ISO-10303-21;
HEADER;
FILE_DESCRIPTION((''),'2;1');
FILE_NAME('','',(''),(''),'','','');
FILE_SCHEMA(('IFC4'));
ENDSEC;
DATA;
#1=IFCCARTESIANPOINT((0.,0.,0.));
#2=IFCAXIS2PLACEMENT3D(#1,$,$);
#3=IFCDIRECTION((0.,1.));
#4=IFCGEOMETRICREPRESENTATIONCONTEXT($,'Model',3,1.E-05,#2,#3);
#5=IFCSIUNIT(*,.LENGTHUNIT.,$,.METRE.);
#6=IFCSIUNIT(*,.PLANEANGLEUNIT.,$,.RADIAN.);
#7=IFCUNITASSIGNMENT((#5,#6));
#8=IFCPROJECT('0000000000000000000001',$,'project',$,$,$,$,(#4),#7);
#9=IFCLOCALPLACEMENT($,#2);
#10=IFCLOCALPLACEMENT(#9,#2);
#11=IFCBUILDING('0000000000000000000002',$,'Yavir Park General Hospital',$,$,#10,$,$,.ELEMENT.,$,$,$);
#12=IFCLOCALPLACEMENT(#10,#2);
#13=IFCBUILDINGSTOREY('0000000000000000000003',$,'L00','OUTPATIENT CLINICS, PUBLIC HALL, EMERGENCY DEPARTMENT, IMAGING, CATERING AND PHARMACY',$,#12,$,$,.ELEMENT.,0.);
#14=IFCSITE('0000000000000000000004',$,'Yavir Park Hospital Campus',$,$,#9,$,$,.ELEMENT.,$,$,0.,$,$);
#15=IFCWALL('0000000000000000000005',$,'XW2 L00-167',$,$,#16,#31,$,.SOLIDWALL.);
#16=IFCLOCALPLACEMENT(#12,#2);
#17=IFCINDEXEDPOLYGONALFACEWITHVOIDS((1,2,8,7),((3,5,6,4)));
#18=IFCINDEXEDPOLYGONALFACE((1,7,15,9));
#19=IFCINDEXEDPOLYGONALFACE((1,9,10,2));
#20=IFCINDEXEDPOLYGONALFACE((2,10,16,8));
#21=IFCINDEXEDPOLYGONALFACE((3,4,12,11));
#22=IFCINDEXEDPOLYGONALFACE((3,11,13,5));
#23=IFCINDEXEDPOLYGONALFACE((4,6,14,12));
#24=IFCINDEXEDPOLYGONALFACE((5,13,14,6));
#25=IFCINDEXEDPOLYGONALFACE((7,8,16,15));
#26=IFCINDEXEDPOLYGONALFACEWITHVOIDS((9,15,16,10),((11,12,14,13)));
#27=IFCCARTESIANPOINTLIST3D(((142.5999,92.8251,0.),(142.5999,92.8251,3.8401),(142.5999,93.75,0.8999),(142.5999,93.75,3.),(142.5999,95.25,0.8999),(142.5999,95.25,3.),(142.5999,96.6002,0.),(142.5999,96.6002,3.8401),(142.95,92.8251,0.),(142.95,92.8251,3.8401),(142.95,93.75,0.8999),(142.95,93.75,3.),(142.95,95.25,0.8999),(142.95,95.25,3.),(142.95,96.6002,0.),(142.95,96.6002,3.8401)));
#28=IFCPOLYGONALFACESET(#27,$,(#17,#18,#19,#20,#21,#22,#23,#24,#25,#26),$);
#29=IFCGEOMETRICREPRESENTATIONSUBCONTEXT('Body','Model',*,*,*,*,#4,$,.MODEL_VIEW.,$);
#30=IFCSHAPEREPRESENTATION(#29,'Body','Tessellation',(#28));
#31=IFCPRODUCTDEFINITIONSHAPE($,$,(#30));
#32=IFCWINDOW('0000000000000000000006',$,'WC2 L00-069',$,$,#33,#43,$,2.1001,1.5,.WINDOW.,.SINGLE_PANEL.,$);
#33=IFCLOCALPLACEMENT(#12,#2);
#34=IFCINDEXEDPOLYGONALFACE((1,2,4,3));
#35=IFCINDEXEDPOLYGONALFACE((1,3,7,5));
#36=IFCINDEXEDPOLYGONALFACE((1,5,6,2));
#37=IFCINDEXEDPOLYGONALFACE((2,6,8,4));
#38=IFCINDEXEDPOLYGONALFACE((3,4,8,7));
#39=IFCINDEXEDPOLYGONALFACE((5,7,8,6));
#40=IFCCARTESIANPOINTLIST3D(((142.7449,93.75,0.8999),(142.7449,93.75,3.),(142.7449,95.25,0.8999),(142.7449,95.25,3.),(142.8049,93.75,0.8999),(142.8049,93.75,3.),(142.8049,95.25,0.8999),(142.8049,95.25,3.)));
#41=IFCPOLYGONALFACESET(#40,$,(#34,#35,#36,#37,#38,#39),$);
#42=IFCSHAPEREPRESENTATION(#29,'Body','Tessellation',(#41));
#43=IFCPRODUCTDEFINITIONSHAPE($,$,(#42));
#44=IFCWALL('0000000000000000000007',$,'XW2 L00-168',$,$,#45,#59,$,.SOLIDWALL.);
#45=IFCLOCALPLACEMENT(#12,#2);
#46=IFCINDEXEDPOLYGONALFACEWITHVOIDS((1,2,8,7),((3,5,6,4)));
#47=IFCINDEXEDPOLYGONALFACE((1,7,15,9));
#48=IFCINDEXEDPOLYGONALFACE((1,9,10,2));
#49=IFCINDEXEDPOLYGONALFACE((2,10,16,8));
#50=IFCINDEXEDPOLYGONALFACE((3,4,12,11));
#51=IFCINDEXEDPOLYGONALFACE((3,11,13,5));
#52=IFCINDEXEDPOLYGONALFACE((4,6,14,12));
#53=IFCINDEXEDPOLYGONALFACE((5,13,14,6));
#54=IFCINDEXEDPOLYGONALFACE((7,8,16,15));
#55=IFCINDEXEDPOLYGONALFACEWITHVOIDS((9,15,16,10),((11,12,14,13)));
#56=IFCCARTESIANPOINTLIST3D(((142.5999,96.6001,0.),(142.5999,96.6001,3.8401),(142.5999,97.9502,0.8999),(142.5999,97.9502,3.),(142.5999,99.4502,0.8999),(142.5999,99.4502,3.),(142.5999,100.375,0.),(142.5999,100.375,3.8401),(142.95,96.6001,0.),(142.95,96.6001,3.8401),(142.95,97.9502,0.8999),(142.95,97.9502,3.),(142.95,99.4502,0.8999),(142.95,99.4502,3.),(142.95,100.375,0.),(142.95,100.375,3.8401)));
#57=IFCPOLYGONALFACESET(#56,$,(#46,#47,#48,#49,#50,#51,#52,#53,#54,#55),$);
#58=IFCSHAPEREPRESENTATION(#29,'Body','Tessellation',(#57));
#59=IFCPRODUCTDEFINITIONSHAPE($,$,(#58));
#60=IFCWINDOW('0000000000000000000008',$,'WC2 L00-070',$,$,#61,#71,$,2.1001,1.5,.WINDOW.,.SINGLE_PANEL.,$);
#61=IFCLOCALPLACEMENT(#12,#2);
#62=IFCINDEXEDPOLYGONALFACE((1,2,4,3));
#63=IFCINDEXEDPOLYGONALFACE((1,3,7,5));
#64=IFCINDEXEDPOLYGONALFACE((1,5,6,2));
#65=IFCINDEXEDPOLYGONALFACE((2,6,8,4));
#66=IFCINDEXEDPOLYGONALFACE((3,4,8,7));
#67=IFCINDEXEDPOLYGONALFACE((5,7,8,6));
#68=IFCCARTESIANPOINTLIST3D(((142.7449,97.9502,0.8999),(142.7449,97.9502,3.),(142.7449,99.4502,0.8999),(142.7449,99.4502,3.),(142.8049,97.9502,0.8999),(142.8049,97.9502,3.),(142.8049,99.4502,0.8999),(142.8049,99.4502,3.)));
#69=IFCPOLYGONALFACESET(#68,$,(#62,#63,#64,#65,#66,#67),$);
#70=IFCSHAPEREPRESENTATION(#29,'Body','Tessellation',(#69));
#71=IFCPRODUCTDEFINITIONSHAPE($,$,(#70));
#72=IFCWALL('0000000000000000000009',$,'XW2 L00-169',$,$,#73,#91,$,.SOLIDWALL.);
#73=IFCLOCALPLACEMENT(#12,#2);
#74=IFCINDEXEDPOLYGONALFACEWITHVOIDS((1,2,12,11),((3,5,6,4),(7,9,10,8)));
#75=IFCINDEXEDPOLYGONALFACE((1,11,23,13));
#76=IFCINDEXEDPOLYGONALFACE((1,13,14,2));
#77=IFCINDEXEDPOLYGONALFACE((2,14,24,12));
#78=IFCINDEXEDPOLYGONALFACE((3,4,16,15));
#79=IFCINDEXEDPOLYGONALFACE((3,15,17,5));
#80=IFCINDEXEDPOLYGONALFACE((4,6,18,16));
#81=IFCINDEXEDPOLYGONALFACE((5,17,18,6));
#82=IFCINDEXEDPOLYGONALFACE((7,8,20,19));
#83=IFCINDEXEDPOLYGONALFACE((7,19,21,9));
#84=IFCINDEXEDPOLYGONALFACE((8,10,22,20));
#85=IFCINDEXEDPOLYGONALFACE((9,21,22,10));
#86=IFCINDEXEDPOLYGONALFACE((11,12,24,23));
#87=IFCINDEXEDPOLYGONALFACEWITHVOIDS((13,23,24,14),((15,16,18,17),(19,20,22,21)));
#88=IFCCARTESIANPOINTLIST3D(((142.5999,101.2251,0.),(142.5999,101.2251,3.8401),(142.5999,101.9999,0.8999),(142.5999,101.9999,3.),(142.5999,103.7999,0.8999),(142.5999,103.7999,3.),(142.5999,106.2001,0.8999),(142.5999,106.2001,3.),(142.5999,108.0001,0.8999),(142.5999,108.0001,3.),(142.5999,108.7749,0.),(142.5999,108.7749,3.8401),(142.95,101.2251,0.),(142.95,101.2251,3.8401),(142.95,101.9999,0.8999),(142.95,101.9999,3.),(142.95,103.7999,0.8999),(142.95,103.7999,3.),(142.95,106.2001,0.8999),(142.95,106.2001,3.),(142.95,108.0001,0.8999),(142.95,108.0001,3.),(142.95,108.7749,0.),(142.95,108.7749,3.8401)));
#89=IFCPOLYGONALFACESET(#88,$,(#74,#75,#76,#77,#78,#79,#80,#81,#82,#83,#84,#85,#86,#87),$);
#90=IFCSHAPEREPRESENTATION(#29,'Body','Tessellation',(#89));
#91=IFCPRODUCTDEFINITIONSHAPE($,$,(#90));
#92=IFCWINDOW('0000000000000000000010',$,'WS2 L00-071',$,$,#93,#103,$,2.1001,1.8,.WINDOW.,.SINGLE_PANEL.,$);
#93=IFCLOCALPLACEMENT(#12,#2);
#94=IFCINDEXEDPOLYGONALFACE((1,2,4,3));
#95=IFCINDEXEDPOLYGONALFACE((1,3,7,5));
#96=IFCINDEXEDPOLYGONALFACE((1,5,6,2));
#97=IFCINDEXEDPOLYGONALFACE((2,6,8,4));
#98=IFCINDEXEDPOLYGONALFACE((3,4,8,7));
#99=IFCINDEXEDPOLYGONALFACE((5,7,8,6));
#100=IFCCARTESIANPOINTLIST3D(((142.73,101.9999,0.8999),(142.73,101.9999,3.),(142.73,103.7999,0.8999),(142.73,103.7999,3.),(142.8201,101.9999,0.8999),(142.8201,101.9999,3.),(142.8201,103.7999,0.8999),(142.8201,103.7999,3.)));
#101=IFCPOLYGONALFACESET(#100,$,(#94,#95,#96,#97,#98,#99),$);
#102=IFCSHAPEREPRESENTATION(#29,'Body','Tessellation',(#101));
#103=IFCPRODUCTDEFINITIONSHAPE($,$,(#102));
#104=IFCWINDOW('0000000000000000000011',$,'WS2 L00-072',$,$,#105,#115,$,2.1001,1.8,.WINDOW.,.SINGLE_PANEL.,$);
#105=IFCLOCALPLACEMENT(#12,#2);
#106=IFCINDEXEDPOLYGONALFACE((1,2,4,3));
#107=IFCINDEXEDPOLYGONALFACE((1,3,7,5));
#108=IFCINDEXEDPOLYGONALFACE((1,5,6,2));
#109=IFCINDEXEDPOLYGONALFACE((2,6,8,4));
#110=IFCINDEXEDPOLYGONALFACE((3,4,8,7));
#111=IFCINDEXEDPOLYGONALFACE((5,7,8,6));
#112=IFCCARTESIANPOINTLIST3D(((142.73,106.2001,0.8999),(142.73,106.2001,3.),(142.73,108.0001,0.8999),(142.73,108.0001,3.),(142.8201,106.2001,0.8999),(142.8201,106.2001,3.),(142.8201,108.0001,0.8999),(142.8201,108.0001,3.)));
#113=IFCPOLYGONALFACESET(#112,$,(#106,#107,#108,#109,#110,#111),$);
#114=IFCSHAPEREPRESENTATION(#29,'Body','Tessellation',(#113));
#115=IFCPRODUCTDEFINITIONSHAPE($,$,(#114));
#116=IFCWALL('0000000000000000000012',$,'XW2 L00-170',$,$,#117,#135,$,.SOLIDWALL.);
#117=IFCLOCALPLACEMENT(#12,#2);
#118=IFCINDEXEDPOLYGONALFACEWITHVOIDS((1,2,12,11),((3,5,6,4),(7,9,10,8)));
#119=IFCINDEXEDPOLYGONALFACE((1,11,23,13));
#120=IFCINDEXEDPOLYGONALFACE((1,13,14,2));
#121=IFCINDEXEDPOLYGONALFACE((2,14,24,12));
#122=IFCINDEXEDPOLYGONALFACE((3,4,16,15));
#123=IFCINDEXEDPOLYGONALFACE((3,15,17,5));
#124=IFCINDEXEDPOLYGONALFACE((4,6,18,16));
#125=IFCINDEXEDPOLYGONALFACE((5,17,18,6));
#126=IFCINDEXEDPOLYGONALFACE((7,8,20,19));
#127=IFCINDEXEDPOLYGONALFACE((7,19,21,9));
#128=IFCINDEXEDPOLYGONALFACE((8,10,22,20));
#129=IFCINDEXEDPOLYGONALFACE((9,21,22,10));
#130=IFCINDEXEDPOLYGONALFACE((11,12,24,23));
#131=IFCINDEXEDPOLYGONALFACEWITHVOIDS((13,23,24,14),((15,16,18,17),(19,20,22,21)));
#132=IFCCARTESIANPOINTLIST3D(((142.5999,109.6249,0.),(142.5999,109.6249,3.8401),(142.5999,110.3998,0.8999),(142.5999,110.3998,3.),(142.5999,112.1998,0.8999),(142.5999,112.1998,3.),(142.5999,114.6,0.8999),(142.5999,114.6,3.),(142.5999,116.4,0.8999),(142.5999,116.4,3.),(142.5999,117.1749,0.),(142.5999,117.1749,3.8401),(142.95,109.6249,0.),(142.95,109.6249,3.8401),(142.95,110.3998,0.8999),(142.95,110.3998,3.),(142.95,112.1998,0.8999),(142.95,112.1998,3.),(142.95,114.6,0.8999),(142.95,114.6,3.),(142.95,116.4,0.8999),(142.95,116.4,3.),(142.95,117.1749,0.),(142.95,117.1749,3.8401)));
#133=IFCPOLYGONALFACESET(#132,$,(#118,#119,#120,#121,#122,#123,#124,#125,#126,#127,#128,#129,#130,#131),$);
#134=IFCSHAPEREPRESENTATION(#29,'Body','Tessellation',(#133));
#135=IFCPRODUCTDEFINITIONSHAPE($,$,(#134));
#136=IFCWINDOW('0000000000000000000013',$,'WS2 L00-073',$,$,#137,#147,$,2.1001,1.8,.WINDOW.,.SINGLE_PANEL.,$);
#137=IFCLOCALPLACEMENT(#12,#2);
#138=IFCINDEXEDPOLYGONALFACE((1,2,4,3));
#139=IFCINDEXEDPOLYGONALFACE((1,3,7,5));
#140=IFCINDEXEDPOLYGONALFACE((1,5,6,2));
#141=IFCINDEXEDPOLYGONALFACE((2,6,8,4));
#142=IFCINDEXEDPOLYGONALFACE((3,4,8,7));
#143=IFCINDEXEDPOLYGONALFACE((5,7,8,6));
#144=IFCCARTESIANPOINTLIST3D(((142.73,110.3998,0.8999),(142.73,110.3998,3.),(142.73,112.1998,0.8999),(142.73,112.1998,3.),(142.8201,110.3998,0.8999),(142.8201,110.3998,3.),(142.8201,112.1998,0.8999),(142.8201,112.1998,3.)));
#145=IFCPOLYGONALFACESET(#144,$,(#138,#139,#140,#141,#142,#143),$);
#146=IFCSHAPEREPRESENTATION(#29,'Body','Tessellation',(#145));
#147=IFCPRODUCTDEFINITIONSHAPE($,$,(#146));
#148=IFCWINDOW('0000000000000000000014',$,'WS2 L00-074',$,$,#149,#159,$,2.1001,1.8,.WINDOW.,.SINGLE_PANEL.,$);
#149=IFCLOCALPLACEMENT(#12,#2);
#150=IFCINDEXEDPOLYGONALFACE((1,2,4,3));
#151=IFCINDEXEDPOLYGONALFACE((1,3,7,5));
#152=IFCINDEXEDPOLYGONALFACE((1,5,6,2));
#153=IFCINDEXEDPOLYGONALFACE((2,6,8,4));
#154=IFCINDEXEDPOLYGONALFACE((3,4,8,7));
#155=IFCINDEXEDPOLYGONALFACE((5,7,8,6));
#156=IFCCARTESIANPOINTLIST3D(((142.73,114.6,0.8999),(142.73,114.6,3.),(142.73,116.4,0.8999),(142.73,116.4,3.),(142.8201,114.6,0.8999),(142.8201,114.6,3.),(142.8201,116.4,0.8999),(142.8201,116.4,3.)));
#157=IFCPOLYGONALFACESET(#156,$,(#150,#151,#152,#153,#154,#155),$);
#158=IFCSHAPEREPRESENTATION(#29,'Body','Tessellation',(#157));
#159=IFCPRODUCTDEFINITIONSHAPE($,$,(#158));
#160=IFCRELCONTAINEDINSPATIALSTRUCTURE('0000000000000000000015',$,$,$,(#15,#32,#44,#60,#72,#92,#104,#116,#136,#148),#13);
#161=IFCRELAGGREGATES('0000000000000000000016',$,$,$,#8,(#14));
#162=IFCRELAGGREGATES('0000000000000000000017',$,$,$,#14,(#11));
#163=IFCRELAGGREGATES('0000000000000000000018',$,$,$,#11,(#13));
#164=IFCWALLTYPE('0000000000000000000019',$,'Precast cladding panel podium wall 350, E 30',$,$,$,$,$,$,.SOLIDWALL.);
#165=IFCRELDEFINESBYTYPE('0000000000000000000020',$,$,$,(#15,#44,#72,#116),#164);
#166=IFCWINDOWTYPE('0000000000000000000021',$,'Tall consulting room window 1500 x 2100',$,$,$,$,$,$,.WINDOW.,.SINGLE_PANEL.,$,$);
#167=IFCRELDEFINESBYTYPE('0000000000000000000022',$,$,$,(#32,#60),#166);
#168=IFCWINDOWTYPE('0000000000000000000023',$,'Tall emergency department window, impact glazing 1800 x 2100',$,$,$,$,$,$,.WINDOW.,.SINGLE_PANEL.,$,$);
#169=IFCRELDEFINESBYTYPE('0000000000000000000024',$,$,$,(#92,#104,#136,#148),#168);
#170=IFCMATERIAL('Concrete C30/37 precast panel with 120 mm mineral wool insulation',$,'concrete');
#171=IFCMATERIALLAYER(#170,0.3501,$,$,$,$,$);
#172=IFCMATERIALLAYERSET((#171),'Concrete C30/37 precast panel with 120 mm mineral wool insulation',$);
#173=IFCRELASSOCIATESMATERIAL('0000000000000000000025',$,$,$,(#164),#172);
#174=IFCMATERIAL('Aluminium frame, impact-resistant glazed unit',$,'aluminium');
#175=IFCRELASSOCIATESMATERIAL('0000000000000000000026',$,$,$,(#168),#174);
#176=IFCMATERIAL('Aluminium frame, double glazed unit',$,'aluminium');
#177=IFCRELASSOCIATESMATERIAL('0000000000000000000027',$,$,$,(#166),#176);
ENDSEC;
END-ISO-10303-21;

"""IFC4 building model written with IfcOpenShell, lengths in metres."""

from ifc_helpers import new_model, si_unit, direction, frame, frame_2d, origin, place, context, subcontext, project, spatial, rectangle, extrude, material, layer, layer_set, type_object, element, fill, save


model = new_model("IFC4")

# Units and contexts
model_context = context("Model", 3, precision=1e-05, world=origin(), true_north=direction((0.0, 1.0)))
body_context = subcontext(model_context, "Body", "Model", "MODEL_VIEW")
ifc_project = project(units=[si_unit("LENGTHUNIT", "METRE"), si_unit("PLANEANGLEUNIT", "RADIAN")], contexts=[model_context])

# Site, building, storey
site_placement = place(None, origin())
site = spatial("IfcSite", under=ifc_project, at=site_placement, Name="Yavir Park Hospital Campus", CompositionType="ELEMENT", RefElevation=0.0)
building_placement = place(site_placement, origin())
building = spatial("IfcBuilding", under=site, at=building_placement, Name="Yavir Park General Hospital", CompositionType="ELEMENT")
storey_placement = place(building_placement, origin())
storey = spatial("IfcBuildingStorey", under=building, at=storey_placement, Name="L00", Description="OUTPATIENT CLINICS, PUBLIC HALL, EMERGENCY DEPARTMENT, IMAGING, CATERING AND PHARMACY", CompositionType="ELEMENT", Elevation=0.0)

# Walls, openings, windows
ifc_material_1 = material(Name="Concrete C30/37 precast panel with 120 mm mineral wool insulation", Category="concrete")
ifc_layer_1 = layer(ifc_material_1, 0.3501)
ifc_layer_set_1 = layer_set([ifc_layer_1], Name="Concrete C30/37 precast panel with 120 mm mineral wool insulation")
wall_type_1 = type_object("IfcWallType", Name="Precast cladding panel podium wall 350, E 30", PredefinedType="SOLIDWALL", material=ifc_layer_set_1)
ifc_material_2 = material(Name="Aluminium frame, impact-resistant glazed unit", Category="aluminium")
window_type_1 = type_object("IfcWindowType", Name="Tall emergency department window, impact glazing 1800 x 2100", PartitioningType="SINGLE_PANEL", PredefinedType="WINDOW", material=ifc_material_2)
wall_1_placement = place(storey_placement, frame((142.7749, 92.825, 0.0), z_axis=(0.0, 0.0, 1.0), x_axis=(0.0, 1.0, 0.0)))
wall_1 = element("IfcWall", 1, at=wall_1_placement, inside=storey, type_object=wall_type_1, Name="XW2 L00-167", PredefinedType="SOLIDWALL", context=body_context, shape_type="SweptSolid", body=[
    extrude(rectangle(XDim=3.7751, YDim=0.3501, at=frame_2d((1.8877, 0.0))), origin(), (0.0, 0.0, 1.0), 3.8401),
])
opening_1_placement = place(wall_1_placement, frame((0.925, 0.0, 0.8999)))
opening_1 = element("IfcOpeningElement", 2, at=opening_1_placement, cuts=wall_1, PredefinedType="OPENING", context=body_context, shape_type="SweptSolid", body=[
    extrude(rectangle(XDim=1.5, YDim=2.1001, at=frame_2d((0.75, 1.05))), frame((0.0, 0.1851, 0.0), z_axis=(0.0, -1.0, 0.0), x_axis=(1.0, 0.0, 0.0)), (0.0, 0.0, 1.0), 0.3701),
])
ifc_material_3 = material(Name="Aluminium frame, double glazed unit", Category="aluminium")
window_type_2 = type_object("IfcWindowType", Name="Tall consulting room window 1500 x 2100", PartitioningType="SINGLE_PANEL", PredefinedType="WINDOW", material=ifc_material_3)
window_1_placement = place(opening_1_placement, origin())
window_1 = element("IfcWindow", 3, at=window_1_placement, inside=storey, type_object=window_type_2, Name="WC2 L00-069", OverallHeight=2.1001, OverallWidth=1.5, PartitioningType="SINGLE_PANEL", PredefinedType="WINDOW", context=body_context, shape_type="SweptSolid", body=[
    extrude(rectangle(XDim=1.5, YDim=2.1001, at=frame_2d((0.75, 1.05))), frame((0.0, 0.03, 0.0), z_axis=(0.0, -1.0, 0.0), x_axis=(1.0, 0.0, 0.0)), (0.0, 0.0, 1.0), 0.0601),
])
fill(opening_1, window_1)
wall_2_placement = place(storey_placement, frame((142.7749, 96.6001, 0.0), z_axis=(0.0, 0.0, 1.0), x_axis=(0.0, 1.0, 0.0)))
wall_2 = element("IfcWall", 4, at=wall_2_placement, inside=storey, type_object=wall_type_1, Name="XW2 L00-168", PredefinedType="SOLIDWALL", context=body_context, shape_type="SweptSolid", body=[
    extrude(rectangle(XDim=3.7749, YDim=0.3501, at=frame_2d((1.8875, 0.0))), origin(), (0.0, 0.0, 1.0), 3.8401),
])
opening_2_placement = place(wall_2_placement, frame((1.3501, 0.0, 0.8999)))
opening_2 = element("IfcOpeningElement", 5, at=opening_2_placement, cuts=wall_2, PredefinedType="OPENING", context=body_context, shape_type="SweptSolid", body=[
    extrude(rectangle(XDim=1.5, YDim=2.1001, at=frame_2d((0.75, 1.05))), frame((0.0, 0.1851, 0.0), z_axis=(0.0, -1.0, 0.0), x_axis=(1.0, 0.0, 0.0)), (0.0, 0.0, 1.0), 0.3701),
])
window_2_placement = place(opening_2_placement, origin())
window_2 = element("IfcWindow", 6, at=window_2_placement, inside=storey, type_object=window_type_2, Name="WC2 L00-070", OverallHeight=2.1001, OverallWidth=1.5, PartitioningType="SINGLE_PANEL", PredefinedType="WINDOW", context=body_context, shape_type="SweptSolid", body=[
    extrude(rectangle(XDim=1.5, YDim=2.1001, at=frame_2d((0.75, 1.05))), frame((0.0, 0.03, 0.0), z_axis=(0.0, -1.0, 0.0), x_axis=(1.0, 0.0, 0.0)), (0.0, 0.0, 1.0), 0.0601),
])
fill(opening_2, window_2)

# Walls, openings, windows
wall_3_placement = place(storey_placement, frame((142.7749, 101.2251, 0.0), z_axis=(0.0, 0.0, 1.0), x_axis=(0.0, 1.0, 0.0)))
wall_3 = element("IfcWall", 7, at=wall_3_placement, inside=storey, type_object=wall_type_1, Name="XW2 L00-169", PredefinedType="SOLIDWALL", context=body_context, shape_type="SweptSolid", body=[
    extrude(rectangle(XDim=7.5498, YDim=0.3501, at=frame_2d((3.7749, 0.0))), origin(), (0.0, 0.0, 1.0), 3.8401),
])
opening_3_placement = place(wall_3_placement, frame((0.7749, 0.0, 0.8999)))
opening_3 = element("IfcOpeningElement", 8, at=opening_3_placement, cuts=wall_3, PredefinedType="OPENING", context=body_context, shape_type="SweptSolid", body=[
    extrude(rectangle(XDim=1.8, YDim=2.1001, at=frame_2d((0.8999, 1.05))), frame((0.0, 0.1851, 0.0), z_axis=(0.0, -1.0, 0.0), x_axis=(1.0, 0.0, 0.0)), (0.0, 0.0, 1.0), 0.3701),
])
opening_4_placement = place(wall_3_placement, frame((4.9751, 0.0, 0.8999)))
opening_4 = element("IfcOpeningElement", 9, at=opening_4_placement, cuts=wall_3, PredefinedType="OPENING", context=body_context, shape_type="SweptSolid", body=[
    extrude(rectangle(XDim=1.8, YDim=2.1001, at=frame_2d((0.8999, 1.05))), frame((0.0, 0.1851, 0.0), z_axis=(0.0, -1.0, 0.0), x_axis=(1.0, 0.0, 0.0)), (0.0, 0.0, 1.0), 0.3701),
])
window_3_placement = place(opening_3_placement, origin())
window_3 = element("IfcWindow", 10, at=window_3_placement, inside=storey, type_object=window_type_1, Name="WS2 L00-071", OverallHeight=2.1001, OverallWidth=1.8, PartitioningType="SINGLE_PANEL", PredefinedType="WINDOW", context=body_context, shape_type="SweptSolid", body=[
    extrude(rectangle(XDim=1.8, YDim=2.1001, at=frame_2d((0.8999, 1.05))), frame((0.0, 0.0449, 0.0), z_axis=(0.0, -1.0, 0.0), x_axis=(1.0, 0.0, 0.0)), (0.0, 0.0, 1.0), 0.0901),
])
fill(opening_3, window_3)
window_4_placement = place(opening_4_placement, origin())
window_4 = element("IfcWindow", 11, at=window_4_placement, inside=storey, type_object=window_type_1, Name="WS2 L00-072", OverallHeight=2.1001, OverallWidth=1.8, PartitioningType="SINGLE_PANEL", PredefinedType="WINDOW", context=body_context, shape_type="SweptSolid", body=[
    extrude(rectangle(XDim=1.8, YDim=2.1001, at=frame_2d((0.8999, 1.05))), frame((0.0, 0.0449, 0.0), z_axis=(0.0, -1.0, 0.0), x_axis=(1.0, 0.0, 0.0)), (0.0, 0.0, 1.0), 0.0901),
])
fill(opening_4, window_4)
wall_4_placement = place(storey_placement, frame((142.7749, 109.625, 0.0), z_axis=(0.0, 0.0, 1.0), x_axis=(0.0, 1.0, 0.0)))
wall_4 = element("IfcWall", 12, at=wall_4_placement, inside=storey, type_object=wall_type_1, Name="XW2 L00-170", PredefinedType="SOLIDWALL", context=body_context, shape_type="SweptSolid", body=[
    extrude(rectangle(XDim=7.55, YDim=0.3501, at=frame_2d((3.7749, 0.0))), origin(), (0.0, 0.0, 1.0), 3.8401),
])
opening_5_placement = place(wall_4_placement, frame((0.7749, 0.0, 0.8999)))
opening_5 = element("IfcOpeningElement", 13, at=opening_5_placement, cuts=wall_4, PredefinedType="OPENING", context=body_context, shape_type="SweptSolid", body=[
    extrude(rectangle(XDim=1.8, YDim=2.1001, at=frame_2d((0.8999, 1.05))), frame((0.0, 0.1851, 0.0), z_axis=(0.0, -1.0, 0.0), x_axis=(1.0, 0.0, 0.0)), (0.0, 0.0, 1.0), 0.3701),
])
opening_6_placement = place(wall_4_placement, frame((4.9751, 0.0, 0.8999)))
opening_6 = element("IfcOpeningElement", 14, at=opening_6_placement, cuts=wall_4, PredefinedType="OPENING", context=body_context, shape_type="SweptSolid", body=[
    extrude(rectangle(XDim=1.8, YDim=2.1001, at=frame_2d((0.8999, 1.05))), frame((0.0, 0.1851, 0.0), z_axis=(0.0, -1.0, 0.0), x_axis=(1.0, 0.0, 0.0)), (0.0, 0.0, 1.0), 0.3701),
])
window_5_placement = place(opening_5_placement, origin())
window_5 = element("IfcWindow", 15, at=window_5_placement, inside=storey, type_object=window_type_1, Name="WS2 L00-073", OverallHeight=2.1001, OverallWidth=1.8, PartitioningType="SINGLE_PANEL", PredefinedType="WINDOW", context=body_context, shape_type="SweptSolid", body=[
    extrude(rectangle(XDim=1.8, YDim=2.1001, at=frame_2d((0.8999, 1.05))), frame((0.0, 0.0449, 0.0), z_axis=(0.0, -1.0, 0.0), x_axis=(1.0, 0.0, 0.0)), (0.0, 0.0, 1.0), 0.0901),
])
fill(opening_5, window_5)
window_6_placement = place(opening_6_placement, origin())
window_6 = element("IfcWindow", 16, at=window_6_placement, inside=storey, type_object=window_type_1, Name="WS2 L00-074", OverallHeight=2.1001, OverallWidth=1.8, PartitioningType="SINGLE_PANEL", PredefinedType="WINDOW", context=body_context, shape_type="SweptSolid", body=[
    extrude(rectangle(XDim=1.8, YDim=2.1001, at=frame_2d((0.8999, 1.05))), frame((0.0, 0.0449, 0.0), z_axis=(0.0, -1.0, 0.0), x_axis=(1.0, 0.0, 0.0)), (0.0, 0.0, 1.0), 0.0901),
])
fill(opening_6, window_6)

save(model, "model.ifc")
